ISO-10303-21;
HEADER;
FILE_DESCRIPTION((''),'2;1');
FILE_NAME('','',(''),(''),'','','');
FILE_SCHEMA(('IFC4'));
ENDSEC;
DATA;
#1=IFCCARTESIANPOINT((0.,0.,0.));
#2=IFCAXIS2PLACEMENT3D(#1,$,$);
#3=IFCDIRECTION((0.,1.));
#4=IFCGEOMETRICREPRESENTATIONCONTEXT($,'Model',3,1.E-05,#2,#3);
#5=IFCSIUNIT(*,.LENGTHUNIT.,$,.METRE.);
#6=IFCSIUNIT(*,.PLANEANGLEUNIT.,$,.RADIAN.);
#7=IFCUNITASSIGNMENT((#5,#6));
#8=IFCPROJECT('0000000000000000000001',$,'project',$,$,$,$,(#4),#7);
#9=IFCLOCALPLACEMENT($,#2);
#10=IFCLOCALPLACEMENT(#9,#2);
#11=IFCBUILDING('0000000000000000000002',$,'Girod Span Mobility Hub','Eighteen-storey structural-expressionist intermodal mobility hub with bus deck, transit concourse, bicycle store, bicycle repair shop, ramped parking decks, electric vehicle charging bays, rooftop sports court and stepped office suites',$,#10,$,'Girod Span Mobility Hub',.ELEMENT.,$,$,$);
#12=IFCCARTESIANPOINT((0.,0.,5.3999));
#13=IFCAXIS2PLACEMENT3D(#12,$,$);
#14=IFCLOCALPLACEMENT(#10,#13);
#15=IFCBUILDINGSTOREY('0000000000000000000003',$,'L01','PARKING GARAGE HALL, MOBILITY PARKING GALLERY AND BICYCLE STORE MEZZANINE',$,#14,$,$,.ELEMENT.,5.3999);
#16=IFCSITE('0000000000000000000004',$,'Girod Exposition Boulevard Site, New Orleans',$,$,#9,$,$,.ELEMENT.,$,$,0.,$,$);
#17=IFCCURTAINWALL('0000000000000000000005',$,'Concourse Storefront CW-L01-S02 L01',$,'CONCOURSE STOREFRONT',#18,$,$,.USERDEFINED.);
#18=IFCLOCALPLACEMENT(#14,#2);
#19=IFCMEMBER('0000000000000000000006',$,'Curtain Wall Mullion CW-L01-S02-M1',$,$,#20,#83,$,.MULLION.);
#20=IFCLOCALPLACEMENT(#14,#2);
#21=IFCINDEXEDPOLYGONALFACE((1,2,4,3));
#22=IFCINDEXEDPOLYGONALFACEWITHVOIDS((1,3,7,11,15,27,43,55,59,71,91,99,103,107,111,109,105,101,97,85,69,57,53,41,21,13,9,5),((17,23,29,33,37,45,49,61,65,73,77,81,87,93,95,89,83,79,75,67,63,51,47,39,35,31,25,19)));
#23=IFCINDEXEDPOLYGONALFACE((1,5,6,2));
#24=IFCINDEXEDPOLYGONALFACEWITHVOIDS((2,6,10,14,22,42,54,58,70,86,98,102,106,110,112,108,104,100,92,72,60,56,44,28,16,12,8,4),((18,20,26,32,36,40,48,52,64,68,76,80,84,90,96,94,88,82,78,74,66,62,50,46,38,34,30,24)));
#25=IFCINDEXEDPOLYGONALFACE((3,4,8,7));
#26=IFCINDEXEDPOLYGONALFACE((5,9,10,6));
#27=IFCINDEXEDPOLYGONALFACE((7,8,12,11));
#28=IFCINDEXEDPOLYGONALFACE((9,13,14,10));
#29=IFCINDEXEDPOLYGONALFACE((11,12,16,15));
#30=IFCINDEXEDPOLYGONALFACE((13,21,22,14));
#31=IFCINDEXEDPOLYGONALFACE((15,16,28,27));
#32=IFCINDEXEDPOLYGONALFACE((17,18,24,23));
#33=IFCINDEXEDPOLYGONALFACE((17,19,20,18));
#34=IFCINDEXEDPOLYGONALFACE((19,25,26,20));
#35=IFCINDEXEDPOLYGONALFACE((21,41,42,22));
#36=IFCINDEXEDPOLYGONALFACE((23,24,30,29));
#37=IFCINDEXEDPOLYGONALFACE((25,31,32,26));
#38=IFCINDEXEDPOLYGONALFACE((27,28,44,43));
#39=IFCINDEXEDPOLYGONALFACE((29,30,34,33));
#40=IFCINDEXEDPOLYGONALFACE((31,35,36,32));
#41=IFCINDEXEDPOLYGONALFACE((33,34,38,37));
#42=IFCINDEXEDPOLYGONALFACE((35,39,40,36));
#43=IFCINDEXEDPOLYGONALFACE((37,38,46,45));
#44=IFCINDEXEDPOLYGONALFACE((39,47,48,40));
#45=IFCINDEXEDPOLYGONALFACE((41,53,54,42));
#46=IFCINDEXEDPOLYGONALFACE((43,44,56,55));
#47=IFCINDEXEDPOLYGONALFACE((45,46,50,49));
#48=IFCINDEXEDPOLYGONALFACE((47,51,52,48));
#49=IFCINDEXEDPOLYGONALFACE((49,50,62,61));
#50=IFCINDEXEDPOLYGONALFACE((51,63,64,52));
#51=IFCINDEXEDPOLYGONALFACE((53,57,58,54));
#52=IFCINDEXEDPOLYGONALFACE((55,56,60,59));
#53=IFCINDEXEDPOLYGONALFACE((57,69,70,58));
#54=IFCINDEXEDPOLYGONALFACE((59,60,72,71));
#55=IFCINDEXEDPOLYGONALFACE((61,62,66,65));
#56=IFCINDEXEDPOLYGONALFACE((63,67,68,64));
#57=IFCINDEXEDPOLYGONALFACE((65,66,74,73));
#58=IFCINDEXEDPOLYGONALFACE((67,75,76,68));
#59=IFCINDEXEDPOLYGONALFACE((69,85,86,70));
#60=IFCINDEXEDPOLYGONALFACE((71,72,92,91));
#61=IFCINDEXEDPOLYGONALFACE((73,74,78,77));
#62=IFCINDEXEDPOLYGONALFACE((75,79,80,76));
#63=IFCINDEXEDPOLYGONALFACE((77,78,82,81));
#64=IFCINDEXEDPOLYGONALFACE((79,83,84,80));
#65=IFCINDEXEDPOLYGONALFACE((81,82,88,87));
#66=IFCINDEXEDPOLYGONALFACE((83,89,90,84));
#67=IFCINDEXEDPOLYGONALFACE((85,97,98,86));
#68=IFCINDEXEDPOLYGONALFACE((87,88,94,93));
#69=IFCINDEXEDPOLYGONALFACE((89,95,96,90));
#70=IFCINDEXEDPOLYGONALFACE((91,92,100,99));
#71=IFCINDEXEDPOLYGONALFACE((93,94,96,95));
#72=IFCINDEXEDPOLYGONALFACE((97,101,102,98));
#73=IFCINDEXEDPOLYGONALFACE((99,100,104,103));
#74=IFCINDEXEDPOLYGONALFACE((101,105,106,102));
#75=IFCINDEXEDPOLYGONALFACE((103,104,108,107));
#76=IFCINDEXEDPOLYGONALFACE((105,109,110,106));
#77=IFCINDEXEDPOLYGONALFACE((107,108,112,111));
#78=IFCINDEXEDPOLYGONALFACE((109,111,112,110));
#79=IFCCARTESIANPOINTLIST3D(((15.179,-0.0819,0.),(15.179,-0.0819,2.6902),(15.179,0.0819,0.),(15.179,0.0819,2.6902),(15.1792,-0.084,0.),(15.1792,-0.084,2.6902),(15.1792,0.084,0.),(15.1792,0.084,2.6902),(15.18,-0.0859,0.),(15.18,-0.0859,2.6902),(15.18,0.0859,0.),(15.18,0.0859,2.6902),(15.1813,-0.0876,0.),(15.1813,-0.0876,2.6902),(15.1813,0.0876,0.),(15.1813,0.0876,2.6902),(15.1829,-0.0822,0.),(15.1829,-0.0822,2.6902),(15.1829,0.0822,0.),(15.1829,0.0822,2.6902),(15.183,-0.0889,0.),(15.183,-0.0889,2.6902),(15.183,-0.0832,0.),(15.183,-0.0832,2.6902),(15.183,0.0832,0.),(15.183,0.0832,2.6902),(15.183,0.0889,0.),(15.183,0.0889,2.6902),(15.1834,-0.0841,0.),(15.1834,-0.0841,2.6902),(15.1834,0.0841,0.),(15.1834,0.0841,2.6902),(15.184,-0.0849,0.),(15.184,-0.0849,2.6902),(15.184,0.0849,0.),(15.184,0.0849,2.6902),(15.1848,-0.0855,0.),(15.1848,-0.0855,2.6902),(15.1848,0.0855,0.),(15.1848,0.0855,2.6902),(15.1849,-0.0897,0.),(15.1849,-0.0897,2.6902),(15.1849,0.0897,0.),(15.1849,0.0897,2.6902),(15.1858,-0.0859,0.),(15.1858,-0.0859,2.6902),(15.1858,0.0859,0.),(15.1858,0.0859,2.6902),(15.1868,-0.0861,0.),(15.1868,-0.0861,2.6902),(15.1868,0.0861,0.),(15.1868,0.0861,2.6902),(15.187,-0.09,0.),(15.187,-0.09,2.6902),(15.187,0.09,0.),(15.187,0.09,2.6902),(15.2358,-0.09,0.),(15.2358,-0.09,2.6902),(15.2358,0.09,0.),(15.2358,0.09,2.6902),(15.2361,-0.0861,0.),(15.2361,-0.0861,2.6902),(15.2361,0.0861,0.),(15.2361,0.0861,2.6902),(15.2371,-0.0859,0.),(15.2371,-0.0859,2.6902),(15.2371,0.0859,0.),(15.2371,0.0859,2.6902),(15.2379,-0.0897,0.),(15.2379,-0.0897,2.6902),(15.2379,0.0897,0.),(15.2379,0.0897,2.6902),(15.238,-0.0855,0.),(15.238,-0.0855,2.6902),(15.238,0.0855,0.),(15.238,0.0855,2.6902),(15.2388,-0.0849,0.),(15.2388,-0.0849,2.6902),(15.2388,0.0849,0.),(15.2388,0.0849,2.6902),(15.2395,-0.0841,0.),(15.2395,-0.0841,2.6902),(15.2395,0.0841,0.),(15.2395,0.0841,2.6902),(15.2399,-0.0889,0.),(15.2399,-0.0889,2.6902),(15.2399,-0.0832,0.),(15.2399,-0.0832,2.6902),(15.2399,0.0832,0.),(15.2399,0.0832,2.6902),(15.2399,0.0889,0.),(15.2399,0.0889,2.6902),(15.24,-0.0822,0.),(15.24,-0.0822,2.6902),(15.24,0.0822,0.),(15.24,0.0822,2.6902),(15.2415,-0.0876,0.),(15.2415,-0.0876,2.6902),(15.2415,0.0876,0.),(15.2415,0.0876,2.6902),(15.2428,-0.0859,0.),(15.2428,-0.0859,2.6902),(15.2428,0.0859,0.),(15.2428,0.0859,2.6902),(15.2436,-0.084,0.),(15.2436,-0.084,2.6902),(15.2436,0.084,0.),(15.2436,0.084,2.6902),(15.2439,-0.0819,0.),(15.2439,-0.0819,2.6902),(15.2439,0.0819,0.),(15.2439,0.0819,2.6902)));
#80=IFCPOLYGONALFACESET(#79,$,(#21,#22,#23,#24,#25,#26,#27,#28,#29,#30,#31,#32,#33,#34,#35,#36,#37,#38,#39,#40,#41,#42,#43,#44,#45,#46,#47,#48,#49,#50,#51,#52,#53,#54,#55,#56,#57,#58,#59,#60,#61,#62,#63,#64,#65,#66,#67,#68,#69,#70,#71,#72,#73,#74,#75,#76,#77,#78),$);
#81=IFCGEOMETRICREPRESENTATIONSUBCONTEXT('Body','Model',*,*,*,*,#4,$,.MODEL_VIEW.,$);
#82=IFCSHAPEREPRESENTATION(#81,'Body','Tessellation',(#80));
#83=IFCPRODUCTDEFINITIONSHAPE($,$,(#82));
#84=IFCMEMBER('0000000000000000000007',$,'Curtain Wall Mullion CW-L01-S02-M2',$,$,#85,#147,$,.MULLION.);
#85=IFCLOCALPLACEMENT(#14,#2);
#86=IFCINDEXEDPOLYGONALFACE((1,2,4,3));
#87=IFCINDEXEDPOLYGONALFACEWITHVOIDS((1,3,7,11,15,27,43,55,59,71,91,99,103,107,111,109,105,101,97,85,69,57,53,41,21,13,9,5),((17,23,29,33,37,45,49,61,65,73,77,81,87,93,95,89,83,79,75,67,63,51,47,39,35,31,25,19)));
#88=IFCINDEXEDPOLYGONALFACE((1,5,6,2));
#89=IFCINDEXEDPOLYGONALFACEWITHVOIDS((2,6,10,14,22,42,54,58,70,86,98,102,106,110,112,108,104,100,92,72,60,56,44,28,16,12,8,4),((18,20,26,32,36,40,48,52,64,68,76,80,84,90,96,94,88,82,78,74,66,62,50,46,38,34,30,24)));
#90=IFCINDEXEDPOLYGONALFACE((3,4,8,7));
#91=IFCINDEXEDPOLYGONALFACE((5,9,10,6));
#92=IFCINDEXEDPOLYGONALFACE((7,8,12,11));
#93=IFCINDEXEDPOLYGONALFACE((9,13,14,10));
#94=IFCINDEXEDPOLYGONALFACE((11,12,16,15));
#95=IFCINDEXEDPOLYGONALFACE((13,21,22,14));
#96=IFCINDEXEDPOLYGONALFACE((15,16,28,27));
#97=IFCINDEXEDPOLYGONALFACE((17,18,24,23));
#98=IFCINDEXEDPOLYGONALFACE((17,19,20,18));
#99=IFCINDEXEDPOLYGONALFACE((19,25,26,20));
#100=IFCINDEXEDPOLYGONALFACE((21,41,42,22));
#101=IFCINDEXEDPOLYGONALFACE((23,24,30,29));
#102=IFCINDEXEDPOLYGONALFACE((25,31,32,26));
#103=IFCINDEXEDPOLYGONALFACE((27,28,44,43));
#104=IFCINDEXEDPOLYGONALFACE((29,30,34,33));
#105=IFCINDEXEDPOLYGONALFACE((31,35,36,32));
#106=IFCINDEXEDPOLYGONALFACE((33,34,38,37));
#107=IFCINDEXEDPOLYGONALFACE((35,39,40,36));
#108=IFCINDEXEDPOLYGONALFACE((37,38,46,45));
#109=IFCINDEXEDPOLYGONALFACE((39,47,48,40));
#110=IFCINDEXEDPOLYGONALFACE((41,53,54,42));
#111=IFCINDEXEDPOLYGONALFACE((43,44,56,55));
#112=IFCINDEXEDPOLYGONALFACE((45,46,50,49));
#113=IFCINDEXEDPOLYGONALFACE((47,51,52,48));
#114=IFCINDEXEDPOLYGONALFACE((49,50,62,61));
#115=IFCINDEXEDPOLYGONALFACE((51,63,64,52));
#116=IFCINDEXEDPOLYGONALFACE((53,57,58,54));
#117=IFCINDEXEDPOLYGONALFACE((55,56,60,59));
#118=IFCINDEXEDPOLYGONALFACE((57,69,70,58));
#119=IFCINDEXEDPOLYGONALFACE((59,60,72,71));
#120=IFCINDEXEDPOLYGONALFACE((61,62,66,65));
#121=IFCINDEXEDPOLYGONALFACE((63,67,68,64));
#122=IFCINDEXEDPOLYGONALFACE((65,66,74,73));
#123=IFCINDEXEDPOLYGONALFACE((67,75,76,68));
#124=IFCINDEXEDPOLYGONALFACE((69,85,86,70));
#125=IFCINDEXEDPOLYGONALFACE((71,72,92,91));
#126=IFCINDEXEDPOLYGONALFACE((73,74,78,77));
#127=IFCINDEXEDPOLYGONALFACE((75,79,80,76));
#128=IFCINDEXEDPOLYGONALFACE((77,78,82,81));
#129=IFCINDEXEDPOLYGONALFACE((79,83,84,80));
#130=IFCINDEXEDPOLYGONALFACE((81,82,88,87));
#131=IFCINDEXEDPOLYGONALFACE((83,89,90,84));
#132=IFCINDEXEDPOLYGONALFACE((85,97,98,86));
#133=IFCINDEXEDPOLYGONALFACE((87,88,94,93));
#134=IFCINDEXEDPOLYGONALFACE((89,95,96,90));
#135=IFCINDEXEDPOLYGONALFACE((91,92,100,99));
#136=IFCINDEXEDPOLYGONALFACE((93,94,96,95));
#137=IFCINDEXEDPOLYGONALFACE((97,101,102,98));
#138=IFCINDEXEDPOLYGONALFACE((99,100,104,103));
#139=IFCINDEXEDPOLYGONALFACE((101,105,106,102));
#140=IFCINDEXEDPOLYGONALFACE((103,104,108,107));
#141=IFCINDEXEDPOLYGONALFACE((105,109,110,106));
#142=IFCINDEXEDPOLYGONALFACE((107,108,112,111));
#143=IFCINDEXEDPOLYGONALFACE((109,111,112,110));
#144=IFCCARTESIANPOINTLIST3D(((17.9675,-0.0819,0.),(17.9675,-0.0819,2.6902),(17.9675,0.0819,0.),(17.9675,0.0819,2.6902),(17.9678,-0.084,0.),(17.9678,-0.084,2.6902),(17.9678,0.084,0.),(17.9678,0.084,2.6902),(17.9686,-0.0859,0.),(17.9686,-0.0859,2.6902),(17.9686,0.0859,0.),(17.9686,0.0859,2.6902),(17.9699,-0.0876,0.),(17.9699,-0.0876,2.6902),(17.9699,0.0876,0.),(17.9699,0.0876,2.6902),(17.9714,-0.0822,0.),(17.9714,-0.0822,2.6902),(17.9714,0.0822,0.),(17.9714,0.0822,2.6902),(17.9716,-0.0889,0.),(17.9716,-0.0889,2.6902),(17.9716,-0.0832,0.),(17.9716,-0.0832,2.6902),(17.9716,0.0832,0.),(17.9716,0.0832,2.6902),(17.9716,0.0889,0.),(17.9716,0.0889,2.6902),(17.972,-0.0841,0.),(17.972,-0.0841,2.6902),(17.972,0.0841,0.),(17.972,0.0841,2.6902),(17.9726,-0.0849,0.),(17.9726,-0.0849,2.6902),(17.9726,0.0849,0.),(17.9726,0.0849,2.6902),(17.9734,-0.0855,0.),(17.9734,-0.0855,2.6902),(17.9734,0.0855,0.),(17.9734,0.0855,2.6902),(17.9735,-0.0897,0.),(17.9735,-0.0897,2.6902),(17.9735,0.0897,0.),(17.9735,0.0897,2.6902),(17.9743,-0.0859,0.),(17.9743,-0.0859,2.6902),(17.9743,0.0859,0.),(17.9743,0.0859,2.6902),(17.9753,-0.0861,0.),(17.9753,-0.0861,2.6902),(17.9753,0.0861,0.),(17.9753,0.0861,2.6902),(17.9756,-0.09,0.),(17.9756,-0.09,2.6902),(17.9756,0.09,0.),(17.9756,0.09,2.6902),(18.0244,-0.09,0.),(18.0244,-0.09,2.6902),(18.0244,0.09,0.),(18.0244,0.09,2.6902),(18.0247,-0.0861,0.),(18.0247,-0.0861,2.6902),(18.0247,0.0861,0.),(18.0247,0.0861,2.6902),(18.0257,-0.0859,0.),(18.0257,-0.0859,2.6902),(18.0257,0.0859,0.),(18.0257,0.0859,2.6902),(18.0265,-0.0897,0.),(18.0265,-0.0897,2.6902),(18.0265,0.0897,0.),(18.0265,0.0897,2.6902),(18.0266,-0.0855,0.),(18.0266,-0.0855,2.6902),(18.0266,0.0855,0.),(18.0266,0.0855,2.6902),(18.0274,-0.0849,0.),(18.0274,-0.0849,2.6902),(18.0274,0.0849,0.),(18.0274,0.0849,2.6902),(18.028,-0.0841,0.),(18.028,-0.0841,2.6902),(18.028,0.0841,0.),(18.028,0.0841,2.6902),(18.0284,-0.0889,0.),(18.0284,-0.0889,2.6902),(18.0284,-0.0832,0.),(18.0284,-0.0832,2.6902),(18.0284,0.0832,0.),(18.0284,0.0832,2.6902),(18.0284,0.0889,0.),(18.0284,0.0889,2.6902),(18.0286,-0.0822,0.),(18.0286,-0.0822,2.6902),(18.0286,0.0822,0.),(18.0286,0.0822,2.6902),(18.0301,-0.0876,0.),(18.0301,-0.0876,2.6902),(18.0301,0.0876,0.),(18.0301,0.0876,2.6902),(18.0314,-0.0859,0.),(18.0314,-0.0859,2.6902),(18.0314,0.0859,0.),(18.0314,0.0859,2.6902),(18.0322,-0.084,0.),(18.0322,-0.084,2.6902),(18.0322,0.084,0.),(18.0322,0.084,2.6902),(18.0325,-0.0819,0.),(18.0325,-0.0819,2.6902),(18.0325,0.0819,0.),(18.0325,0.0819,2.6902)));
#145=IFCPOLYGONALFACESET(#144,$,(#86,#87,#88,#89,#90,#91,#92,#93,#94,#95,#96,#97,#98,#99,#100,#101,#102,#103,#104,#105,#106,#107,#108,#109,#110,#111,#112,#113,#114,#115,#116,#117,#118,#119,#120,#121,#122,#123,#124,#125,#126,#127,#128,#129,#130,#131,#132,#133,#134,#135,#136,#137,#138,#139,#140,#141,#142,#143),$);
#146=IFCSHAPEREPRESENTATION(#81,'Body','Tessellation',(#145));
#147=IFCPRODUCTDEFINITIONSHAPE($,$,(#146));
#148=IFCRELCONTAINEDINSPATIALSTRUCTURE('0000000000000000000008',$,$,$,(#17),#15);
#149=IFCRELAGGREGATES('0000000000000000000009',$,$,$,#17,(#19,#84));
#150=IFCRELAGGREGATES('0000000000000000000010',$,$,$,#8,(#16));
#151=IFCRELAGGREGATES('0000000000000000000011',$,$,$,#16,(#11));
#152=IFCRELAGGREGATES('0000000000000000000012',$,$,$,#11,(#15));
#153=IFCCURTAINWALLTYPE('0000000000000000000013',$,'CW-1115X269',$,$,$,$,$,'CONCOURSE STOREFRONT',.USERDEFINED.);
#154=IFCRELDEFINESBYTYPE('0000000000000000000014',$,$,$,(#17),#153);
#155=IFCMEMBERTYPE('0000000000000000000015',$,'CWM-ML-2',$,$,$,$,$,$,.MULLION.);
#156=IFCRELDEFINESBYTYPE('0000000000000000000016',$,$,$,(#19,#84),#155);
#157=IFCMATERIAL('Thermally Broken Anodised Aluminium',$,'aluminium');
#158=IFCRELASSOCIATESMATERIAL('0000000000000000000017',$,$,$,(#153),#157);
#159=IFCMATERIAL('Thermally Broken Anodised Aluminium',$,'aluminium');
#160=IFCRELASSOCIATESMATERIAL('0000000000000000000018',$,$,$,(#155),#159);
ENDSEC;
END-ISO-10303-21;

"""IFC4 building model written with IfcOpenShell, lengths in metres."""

from ifc_helpers import new_model, si_unit, direction, frame, origin, origin_2d, place, context, subcontext, project, spatial, hollow_rectangle, extrude, material, material_profile, profile_set, type_object, element, aggregate, save


model = new_model("IFC4")

# Units and contexts
model_context = context("Model", 3, precision=1e-05, world=origin(), true_north=direction((0.0, 1.0)))
body_context = subcontext(model_context, "Body", "Model", "MODEL_VIEW")
ifc_project = project(units=[si_unit("LENGTHUNIT", "METRE"), si_unit("PLANEANGLEUNIT", "RADIAN")], contexts=[model_context])

# Site, building, storey
site_placement = place(None, origin())
site = spatial("IfcSite", under=ifc_project, at=site_placement, Name="Girod Exposition Boulevard Site, New Orleans", CompositionType="ELEMENT", RefElevation=0.0)
building_placement = place(site_placement, origin())
building = spatial("IfcBuilding", under=site, at=building_placement, Name="Girod Span Mobility Hub", Description="Eighteen-storey structural-expressionist intermodal mobility hub with bus deck, transit concourse, bicycle store, bicycle repair shop, ramped parking decks, electric vehicle charging bays, rooftop sports court and stepped office suites", LongName="Girod Span Mobility Hub", CompositionType="ELEMENT")
storey_placement = place(building_placement, frame((0.0, 0.0, 5.3999)))
storey = spatial("IfcBuildingStorey", under=building, at=storey_placement, Name="L01", Description="PARKING GARAGE HALL, MOBILITY PARKING GALLERY AND BICYCLE STORE MEZZANINE", CompositionType="ELEMENT", Elevation=5.3999)

# Curtain wall, members
ifc_material_1 = material(Name="Thermally Broken Anodised Aluminium", Category="aluminium")
curtain_wall_type = type_object("IfcCurtainWallType", Name="CW-1115X269", ElementType="CONCOURSE STOREFRONT", PredefinedType="USERDEFINED", material=ifc_material_1)
curtain_wall_placement = place(storey_placement, origin())
curtain_wall = element("IfcCurtainWall", 1, at=curtain_wall_placement, inside=storey, type_object=curtain_wall_type, Name="Concourse Storefront CW-L01-S02 L01", ObjectType="CONCOURSE STOREFRONT", PredefinedType="USERDEFINED")
ifc_material_2 = material(Name="Thermally Broken Anodised Aluminium", Category="aluminium")
ifc_material_profile_1 = material_profile(ifc_material_2, hollow_rectangle(XDim=0.1799, YDim=0.0649, WallThickness=0.0039, InnerFilletRadius=0.0039, OuterFilletRadius=0.0081, at=origin_2d()), Name="CW-ML-65X180")
ifc_profile_set_1 = profile_set([ifc_material_profile_1], Name="Thermally Broken Anodised Aluminium")
member_type_1 = type_object("IfcMemberType", Name="CWM-ML-2", PredefinedType="MULLION", material=ifc_profile_set_1)
member_1_placement = place(storey_placement, frame((15.2114, 0.0, 0.0), z_axis=(0.0, 0.0, 1.0), x_axis=(0.0, 1.0, 0.0)))
member_1 = element("IfcMember", 2, at=member_1_placement, type_object=member_type_1, Name="Curtain Wall Mullion CW-L01-S02-M1", PredefinedType="MULLION", context=body_context, shape_type="SweptSolid", body=[
    extrude(hollow_rectangle(XDim=0.1799, YDim=0.0649, WallThickness=0.0039, InnerFilletRadius=0.0039, OuterFilletRadius=0.0081, at=origin_2d()), origin(), (0.0, 0.0, 1.0), 2.6902),
])
member_2_placement = place(storey_placement, frame((18.0, 0.0, 0.0), z_axis=(0.0, 0.0, 1.0), x_axis=(0.0, 1.0, 0.0)))
member_2 = element("IfcMember", 3, at=member_2_placement, type_object=member_type_1, Name="Curtain Wall Mullion CW-L01-S02-M2", PredefinedType="MULLION", context=body_context, shape_type="SweptSolid", body=[
    extrude(hollow_rectangle(XDim=0.1799, YDim=0.0649, WallThickness=0.0039, InnerFilletRadius=0.0039, OuterFilletRadius=0.0081, at=origin_2d()), origin(), (0.0, 0.0, 1.0), 2.6902),
])
aggregate(curtain_wall, [member_1, member_2])

save(model, "model.ifc")
